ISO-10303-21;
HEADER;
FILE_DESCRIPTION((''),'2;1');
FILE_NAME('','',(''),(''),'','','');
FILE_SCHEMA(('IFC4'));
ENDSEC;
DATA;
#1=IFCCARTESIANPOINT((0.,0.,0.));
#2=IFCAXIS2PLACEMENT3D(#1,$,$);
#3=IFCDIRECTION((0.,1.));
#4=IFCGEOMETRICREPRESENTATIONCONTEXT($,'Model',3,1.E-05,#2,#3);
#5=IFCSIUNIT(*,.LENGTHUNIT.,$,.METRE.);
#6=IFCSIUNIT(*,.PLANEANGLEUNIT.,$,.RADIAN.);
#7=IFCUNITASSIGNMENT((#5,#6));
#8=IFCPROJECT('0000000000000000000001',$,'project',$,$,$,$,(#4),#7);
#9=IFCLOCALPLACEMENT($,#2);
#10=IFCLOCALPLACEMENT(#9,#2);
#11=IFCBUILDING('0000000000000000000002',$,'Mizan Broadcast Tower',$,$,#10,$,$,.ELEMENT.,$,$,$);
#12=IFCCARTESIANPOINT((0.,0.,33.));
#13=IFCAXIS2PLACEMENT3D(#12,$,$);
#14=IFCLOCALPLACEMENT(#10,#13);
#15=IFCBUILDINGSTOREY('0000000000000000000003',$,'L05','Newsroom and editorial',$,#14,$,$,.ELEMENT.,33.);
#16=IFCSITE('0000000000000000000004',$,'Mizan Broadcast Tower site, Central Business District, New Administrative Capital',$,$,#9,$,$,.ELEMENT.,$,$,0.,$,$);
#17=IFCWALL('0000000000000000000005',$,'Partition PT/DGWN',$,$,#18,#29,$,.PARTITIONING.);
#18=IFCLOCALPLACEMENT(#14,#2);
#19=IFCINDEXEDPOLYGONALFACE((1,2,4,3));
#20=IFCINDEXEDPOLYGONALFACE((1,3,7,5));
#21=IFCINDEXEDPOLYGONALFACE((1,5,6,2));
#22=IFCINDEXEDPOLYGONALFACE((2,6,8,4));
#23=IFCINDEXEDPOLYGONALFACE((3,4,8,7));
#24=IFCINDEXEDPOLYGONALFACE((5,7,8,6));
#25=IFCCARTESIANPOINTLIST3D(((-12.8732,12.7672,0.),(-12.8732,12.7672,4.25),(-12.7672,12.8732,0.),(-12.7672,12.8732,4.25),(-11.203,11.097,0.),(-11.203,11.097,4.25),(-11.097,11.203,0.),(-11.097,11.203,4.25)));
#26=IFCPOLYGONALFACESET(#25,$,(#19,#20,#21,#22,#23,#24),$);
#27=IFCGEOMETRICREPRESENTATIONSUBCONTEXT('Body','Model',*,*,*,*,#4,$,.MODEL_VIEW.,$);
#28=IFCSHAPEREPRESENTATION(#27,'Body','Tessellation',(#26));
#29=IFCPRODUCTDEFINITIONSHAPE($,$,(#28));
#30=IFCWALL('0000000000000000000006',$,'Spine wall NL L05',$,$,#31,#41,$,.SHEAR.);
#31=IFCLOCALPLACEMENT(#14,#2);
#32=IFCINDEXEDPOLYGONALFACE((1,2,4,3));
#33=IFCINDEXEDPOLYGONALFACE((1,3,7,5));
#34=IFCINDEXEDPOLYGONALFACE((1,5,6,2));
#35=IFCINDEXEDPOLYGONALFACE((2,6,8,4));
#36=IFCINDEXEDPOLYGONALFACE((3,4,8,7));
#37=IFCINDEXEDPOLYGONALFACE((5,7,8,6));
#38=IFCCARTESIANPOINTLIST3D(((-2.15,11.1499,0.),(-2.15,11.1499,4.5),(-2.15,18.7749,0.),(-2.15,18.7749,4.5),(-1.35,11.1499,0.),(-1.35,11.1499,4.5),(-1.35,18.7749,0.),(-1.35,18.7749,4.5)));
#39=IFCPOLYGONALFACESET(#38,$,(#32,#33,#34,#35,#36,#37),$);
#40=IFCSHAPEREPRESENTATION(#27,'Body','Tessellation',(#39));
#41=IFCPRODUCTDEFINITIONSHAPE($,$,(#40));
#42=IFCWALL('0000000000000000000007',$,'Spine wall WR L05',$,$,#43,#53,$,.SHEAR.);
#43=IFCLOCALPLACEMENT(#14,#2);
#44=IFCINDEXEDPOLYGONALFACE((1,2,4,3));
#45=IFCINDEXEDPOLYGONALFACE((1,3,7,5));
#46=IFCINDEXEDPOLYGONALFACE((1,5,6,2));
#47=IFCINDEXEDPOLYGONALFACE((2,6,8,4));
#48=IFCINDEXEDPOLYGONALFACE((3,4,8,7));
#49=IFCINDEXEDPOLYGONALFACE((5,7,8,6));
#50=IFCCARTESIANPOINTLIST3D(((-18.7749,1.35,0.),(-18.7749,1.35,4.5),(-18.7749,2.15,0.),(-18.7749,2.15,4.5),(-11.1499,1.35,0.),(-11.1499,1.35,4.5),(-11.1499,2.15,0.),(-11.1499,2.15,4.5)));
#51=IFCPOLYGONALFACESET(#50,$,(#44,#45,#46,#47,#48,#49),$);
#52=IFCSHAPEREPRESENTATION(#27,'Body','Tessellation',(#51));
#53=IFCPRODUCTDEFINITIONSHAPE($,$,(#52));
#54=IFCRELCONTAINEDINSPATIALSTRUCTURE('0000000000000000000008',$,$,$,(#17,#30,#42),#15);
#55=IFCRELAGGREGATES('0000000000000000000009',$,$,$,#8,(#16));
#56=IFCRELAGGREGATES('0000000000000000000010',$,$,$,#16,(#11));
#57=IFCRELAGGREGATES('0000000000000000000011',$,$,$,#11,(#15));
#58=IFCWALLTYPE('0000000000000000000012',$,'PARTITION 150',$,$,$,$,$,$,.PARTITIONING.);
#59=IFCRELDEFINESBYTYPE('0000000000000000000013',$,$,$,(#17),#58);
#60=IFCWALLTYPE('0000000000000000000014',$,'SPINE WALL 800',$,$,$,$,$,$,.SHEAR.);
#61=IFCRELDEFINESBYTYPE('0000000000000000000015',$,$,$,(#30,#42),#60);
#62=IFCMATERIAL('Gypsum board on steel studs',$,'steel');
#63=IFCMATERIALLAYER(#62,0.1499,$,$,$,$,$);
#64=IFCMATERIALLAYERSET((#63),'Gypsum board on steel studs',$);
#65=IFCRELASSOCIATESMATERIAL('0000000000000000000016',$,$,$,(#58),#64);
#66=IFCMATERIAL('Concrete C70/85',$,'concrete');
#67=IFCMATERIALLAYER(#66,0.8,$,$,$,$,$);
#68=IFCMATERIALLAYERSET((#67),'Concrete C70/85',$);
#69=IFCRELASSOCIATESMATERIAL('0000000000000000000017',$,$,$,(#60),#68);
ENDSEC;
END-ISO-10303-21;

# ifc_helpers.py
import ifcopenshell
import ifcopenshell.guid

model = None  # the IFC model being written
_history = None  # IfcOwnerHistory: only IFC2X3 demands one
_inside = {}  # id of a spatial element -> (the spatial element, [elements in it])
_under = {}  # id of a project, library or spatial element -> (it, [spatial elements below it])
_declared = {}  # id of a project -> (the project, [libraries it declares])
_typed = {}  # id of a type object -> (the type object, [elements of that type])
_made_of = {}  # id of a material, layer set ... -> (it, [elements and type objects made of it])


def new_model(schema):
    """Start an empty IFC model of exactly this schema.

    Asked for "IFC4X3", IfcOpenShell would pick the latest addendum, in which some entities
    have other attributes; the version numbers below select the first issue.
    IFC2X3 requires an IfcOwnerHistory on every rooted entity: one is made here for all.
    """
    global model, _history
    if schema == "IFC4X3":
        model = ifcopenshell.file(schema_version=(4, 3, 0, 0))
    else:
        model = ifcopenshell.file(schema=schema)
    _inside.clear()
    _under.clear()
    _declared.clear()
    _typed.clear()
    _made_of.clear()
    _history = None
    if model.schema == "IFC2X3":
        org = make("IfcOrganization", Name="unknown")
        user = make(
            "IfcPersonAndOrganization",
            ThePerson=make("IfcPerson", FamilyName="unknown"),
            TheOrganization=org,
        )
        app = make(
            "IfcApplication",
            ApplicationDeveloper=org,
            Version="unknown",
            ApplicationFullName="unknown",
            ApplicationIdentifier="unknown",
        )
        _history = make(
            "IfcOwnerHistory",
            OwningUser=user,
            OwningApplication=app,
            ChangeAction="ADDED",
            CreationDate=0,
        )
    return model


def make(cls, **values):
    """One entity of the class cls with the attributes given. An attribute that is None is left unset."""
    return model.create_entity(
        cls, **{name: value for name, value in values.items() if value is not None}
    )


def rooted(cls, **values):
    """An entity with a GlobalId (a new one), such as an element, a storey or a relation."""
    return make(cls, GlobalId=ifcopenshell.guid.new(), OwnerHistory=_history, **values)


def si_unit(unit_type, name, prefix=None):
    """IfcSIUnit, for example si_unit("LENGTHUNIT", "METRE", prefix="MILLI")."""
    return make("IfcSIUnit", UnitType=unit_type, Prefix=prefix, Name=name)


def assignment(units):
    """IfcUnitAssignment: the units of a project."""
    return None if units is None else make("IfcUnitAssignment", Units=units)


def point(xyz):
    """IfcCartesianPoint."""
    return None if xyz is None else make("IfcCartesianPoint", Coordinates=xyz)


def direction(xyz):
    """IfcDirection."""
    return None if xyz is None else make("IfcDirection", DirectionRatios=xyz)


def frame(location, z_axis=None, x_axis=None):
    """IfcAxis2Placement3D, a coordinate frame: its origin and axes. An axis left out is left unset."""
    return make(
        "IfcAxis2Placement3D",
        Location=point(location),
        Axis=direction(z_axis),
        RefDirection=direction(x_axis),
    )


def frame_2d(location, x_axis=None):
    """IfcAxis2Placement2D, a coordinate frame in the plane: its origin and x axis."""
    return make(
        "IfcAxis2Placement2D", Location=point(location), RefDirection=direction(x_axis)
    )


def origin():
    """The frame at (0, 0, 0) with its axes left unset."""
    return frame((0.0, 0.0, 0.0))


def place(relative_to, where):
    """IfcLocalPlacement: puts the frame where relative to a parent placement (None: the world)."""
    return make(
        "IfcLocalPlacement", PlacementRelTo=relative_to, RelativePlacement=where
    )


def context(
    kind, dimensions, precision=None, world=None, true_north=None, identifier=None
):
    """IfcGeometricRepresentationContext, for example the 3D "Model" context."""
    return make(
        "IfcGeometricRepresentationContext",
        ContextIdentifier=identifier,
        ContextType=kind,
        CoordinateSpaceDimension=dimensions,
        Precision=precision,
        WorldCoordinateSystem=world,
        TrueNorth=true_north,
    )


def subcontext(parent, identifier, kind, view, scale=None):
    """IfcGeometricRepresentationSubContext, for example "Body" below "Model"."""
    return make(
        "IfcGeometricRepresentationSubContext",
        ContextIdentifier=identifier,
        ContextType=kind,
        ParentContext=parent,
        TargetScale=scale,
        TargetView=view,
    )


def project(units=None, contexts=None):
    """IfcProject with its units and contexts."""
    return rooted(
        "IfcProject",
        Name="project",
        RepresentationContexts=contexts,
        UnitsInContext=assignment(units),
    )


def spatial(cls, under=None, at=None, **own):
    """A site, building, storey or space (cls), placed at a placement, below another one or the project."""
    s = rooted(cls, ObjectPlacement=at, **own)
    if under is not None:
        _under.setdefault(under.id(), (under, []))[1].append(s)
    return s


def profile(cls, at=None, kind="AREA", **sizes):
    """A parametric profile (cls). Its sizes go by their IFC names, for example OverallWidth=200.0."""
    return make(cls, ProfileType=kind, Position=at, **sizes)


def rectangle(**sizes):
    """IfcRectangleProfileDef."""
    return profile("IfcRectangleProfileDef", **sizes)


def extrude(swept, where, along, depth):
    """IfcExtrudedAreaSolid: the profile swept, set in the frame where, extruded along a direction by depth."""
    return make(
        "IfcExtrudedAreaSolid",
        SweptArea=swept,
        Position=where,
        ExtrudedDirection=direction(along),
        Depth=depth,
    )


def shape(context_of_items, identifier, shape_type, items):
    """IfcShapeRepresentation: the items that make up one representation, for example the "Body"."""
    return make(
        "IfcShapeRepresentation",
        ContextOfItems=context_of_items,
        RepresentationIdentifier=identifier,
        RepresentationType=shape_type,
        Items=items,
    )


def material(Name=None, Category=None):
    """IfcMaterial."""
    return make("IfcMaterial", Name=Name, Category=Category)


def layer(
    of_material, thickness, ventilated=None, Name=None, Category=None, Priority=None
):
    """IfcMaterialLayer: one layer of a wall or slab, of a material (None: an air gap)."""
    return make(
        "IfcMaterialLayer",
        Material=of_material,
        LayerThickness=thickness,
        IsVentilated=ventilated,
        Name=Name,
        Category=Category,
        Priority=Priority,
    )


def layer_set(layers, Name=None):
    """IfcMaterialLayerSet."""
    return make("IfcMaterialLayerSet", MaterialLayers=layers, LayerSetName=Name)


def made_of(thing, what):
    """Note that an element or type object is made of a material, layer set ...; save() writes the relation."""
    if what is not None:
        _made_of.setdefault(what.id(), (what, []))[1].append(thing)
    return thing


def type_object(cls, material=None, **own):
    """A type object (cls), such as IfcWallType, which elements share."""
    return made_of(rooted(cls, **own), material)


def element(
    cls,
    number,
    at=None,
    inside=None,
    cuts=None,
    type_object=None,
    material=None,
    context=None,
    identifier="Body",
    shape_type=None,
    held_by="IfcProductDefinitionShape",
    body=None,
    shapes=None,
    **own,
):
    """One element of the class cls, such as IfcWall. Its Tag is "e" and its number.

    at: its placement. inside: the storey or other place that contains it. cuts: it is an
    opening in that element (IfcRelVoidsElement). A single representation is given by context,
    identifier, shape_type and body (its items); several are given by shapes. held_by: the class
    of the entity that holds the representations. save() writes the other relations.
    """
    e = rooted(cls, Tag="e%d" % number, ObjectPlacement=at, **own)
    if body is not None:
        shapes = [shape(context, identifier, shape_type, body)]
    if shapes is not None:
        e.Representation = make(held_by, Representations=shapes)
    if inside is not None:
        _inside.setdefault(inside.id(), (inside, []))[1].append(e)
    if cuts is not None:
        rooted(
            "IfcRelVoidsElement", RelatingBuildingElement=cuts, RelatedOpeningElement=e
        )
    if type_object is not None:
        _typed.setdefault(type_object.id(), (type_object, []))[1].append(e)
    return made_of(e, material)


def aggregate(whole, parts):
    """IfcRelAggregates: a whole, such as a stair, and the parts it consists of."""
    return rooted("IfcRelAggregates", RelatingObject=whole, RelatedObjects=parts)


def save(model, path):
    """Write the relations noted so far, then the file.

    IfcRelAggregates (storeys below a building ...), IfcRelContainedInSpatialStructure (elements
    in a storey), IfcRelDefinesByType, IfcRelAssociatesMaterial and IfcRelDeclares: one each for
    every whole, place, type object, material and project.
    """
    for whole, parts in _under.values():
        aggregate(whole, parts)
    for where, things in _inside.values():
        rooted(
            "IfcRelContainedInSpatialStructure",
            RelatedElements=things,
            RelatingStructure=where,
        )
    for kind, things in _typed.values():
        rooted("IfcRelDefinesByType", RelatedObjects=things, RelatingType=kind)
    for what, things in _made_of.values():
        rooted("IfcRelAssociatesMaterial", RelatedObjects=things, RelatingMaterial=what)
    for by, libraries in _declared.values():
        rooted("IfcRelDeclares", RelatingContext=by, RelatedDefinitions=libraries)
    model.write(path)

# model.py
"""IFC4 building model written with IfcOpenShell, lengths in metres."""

from ifc_helpers import new_model, si_unit, direction, frame, frame_2d, origin, place, context, subcontext, project, spatial, rectangle, extrude, material, layer, layer_set, type_object, element, save


model = new_model("IFC4")

# Units and contexts
model_context = context("Model", 3, precision=1e-05, world=origin(), true_north=direction((0.0, 1.0)))
body_context = subcontext(model_context, "Body", "Model", "MODEL_VIEW")
ifc_project = project(units=[si_unit("LENGTHUNIT", "METRE"), si_unit("PLANEANGLEUNIT", "RADIAN")], contexts=[model_context])

# Site, building, storey
site_placement = place(None, origin())
site = spatial("IfcSite", under=ifc_project, at=site_placement, Name="Mizan Broadcast Tower site, Central Business District, New Administrative Capital", CompositionType="ELEMENT", RefElevation=0.0)
building_placement = place(site_placement, origin())
building = spatial("IfcBuilding", under=site, at=building_placement, Name="Mizan Broadcast Tower", CompositionType="ELEMENT")
storey_placement = place(building_placement, frame((0.0, 0.0, 33.0)))
storey = spatial("IfcBuildingStorey", under=building, at=storey_placement, Name="L05", Description="Newsroom and editorial", CompositionType="ELEMENT", Elevation=33.0)

# Walls
ifc_material_1 = material(Name="Gypsum board on steel studs", Category="steel")
ifc_layer_1 = layer(ifc_material_1, 0.1499)
ifc_layer_set_1 = layer_set([ifc_layer_1], Name="Gypsum board on steel studs")
wall_type_1 = type_object("IfcWallType", Name="PARTITION 150", PredefinedType="PARTITIONING", material=ifc_layer_set_1)
wall_1_placement = place(storey_placement, frame((-11.1499, 11.1499, 0.0), z_axis=(0.0, 0.0, 1.0), x_axis=(-0.707107, 0.707107, 0.0)))
element("IfcWall", 1, at=wall_1_placement, inside=storey, type_object=wall_type_1, Name="Partition PT/DGWN", PredefinedType="PARTITIONING", context=body_context, shape_type="SweptSolid", body=[
    extrude(rectangle(XDim=2.3621, YDim=0.1499, at=frame_2d((1.1812, 0.0))), origin(), (0.0, 0.0, 1.0), 4.25),
])
ifc_material_2 = material(Name="Concrete C70/85", Category="concrete")
ifc_layer_2 = layer(ifc_material_2, 0.8)
ifc_layer_set_2 = layer_set([ifc_layer_2], Name="Concrete C70/85")
wall_type_2 = type_object("IfcWallType", Name="SPINE WALL 800", PredefinedType="SHEAR", material=ifc_layer_set_2)
for number, where, z_axis, x_axis, name in (
    (2, (-1.75, 11.1499, 0.0), (0.0, 0.0, 1.0), (0.0, 1.0, 0.0), "Spine wall NL L05"),
    (3, (-11.1499, 1.75, 0.0), (0.0, 0.0, 1.0), (-1.0, 0.0, 0.0), "Spine wall WR L05"),
):
    element("IfcWall", number, at=place(storey_placement, frame(where, z_axis=z_axis, x_axis=x_axis)), inside=storey, type_object=wall_type_2, Name=name, PredefinedType="SHEAR", context=body_context, shape_type="SweptSolid", body=[
        extrude(rectangle(XDim=7.625, YDim=0.8, at=frame_2d((3.8125, 0.0))), origin(), (0.0, 0.0, 1.0), 4.5),
    ])

save(model, "model.ifc")
